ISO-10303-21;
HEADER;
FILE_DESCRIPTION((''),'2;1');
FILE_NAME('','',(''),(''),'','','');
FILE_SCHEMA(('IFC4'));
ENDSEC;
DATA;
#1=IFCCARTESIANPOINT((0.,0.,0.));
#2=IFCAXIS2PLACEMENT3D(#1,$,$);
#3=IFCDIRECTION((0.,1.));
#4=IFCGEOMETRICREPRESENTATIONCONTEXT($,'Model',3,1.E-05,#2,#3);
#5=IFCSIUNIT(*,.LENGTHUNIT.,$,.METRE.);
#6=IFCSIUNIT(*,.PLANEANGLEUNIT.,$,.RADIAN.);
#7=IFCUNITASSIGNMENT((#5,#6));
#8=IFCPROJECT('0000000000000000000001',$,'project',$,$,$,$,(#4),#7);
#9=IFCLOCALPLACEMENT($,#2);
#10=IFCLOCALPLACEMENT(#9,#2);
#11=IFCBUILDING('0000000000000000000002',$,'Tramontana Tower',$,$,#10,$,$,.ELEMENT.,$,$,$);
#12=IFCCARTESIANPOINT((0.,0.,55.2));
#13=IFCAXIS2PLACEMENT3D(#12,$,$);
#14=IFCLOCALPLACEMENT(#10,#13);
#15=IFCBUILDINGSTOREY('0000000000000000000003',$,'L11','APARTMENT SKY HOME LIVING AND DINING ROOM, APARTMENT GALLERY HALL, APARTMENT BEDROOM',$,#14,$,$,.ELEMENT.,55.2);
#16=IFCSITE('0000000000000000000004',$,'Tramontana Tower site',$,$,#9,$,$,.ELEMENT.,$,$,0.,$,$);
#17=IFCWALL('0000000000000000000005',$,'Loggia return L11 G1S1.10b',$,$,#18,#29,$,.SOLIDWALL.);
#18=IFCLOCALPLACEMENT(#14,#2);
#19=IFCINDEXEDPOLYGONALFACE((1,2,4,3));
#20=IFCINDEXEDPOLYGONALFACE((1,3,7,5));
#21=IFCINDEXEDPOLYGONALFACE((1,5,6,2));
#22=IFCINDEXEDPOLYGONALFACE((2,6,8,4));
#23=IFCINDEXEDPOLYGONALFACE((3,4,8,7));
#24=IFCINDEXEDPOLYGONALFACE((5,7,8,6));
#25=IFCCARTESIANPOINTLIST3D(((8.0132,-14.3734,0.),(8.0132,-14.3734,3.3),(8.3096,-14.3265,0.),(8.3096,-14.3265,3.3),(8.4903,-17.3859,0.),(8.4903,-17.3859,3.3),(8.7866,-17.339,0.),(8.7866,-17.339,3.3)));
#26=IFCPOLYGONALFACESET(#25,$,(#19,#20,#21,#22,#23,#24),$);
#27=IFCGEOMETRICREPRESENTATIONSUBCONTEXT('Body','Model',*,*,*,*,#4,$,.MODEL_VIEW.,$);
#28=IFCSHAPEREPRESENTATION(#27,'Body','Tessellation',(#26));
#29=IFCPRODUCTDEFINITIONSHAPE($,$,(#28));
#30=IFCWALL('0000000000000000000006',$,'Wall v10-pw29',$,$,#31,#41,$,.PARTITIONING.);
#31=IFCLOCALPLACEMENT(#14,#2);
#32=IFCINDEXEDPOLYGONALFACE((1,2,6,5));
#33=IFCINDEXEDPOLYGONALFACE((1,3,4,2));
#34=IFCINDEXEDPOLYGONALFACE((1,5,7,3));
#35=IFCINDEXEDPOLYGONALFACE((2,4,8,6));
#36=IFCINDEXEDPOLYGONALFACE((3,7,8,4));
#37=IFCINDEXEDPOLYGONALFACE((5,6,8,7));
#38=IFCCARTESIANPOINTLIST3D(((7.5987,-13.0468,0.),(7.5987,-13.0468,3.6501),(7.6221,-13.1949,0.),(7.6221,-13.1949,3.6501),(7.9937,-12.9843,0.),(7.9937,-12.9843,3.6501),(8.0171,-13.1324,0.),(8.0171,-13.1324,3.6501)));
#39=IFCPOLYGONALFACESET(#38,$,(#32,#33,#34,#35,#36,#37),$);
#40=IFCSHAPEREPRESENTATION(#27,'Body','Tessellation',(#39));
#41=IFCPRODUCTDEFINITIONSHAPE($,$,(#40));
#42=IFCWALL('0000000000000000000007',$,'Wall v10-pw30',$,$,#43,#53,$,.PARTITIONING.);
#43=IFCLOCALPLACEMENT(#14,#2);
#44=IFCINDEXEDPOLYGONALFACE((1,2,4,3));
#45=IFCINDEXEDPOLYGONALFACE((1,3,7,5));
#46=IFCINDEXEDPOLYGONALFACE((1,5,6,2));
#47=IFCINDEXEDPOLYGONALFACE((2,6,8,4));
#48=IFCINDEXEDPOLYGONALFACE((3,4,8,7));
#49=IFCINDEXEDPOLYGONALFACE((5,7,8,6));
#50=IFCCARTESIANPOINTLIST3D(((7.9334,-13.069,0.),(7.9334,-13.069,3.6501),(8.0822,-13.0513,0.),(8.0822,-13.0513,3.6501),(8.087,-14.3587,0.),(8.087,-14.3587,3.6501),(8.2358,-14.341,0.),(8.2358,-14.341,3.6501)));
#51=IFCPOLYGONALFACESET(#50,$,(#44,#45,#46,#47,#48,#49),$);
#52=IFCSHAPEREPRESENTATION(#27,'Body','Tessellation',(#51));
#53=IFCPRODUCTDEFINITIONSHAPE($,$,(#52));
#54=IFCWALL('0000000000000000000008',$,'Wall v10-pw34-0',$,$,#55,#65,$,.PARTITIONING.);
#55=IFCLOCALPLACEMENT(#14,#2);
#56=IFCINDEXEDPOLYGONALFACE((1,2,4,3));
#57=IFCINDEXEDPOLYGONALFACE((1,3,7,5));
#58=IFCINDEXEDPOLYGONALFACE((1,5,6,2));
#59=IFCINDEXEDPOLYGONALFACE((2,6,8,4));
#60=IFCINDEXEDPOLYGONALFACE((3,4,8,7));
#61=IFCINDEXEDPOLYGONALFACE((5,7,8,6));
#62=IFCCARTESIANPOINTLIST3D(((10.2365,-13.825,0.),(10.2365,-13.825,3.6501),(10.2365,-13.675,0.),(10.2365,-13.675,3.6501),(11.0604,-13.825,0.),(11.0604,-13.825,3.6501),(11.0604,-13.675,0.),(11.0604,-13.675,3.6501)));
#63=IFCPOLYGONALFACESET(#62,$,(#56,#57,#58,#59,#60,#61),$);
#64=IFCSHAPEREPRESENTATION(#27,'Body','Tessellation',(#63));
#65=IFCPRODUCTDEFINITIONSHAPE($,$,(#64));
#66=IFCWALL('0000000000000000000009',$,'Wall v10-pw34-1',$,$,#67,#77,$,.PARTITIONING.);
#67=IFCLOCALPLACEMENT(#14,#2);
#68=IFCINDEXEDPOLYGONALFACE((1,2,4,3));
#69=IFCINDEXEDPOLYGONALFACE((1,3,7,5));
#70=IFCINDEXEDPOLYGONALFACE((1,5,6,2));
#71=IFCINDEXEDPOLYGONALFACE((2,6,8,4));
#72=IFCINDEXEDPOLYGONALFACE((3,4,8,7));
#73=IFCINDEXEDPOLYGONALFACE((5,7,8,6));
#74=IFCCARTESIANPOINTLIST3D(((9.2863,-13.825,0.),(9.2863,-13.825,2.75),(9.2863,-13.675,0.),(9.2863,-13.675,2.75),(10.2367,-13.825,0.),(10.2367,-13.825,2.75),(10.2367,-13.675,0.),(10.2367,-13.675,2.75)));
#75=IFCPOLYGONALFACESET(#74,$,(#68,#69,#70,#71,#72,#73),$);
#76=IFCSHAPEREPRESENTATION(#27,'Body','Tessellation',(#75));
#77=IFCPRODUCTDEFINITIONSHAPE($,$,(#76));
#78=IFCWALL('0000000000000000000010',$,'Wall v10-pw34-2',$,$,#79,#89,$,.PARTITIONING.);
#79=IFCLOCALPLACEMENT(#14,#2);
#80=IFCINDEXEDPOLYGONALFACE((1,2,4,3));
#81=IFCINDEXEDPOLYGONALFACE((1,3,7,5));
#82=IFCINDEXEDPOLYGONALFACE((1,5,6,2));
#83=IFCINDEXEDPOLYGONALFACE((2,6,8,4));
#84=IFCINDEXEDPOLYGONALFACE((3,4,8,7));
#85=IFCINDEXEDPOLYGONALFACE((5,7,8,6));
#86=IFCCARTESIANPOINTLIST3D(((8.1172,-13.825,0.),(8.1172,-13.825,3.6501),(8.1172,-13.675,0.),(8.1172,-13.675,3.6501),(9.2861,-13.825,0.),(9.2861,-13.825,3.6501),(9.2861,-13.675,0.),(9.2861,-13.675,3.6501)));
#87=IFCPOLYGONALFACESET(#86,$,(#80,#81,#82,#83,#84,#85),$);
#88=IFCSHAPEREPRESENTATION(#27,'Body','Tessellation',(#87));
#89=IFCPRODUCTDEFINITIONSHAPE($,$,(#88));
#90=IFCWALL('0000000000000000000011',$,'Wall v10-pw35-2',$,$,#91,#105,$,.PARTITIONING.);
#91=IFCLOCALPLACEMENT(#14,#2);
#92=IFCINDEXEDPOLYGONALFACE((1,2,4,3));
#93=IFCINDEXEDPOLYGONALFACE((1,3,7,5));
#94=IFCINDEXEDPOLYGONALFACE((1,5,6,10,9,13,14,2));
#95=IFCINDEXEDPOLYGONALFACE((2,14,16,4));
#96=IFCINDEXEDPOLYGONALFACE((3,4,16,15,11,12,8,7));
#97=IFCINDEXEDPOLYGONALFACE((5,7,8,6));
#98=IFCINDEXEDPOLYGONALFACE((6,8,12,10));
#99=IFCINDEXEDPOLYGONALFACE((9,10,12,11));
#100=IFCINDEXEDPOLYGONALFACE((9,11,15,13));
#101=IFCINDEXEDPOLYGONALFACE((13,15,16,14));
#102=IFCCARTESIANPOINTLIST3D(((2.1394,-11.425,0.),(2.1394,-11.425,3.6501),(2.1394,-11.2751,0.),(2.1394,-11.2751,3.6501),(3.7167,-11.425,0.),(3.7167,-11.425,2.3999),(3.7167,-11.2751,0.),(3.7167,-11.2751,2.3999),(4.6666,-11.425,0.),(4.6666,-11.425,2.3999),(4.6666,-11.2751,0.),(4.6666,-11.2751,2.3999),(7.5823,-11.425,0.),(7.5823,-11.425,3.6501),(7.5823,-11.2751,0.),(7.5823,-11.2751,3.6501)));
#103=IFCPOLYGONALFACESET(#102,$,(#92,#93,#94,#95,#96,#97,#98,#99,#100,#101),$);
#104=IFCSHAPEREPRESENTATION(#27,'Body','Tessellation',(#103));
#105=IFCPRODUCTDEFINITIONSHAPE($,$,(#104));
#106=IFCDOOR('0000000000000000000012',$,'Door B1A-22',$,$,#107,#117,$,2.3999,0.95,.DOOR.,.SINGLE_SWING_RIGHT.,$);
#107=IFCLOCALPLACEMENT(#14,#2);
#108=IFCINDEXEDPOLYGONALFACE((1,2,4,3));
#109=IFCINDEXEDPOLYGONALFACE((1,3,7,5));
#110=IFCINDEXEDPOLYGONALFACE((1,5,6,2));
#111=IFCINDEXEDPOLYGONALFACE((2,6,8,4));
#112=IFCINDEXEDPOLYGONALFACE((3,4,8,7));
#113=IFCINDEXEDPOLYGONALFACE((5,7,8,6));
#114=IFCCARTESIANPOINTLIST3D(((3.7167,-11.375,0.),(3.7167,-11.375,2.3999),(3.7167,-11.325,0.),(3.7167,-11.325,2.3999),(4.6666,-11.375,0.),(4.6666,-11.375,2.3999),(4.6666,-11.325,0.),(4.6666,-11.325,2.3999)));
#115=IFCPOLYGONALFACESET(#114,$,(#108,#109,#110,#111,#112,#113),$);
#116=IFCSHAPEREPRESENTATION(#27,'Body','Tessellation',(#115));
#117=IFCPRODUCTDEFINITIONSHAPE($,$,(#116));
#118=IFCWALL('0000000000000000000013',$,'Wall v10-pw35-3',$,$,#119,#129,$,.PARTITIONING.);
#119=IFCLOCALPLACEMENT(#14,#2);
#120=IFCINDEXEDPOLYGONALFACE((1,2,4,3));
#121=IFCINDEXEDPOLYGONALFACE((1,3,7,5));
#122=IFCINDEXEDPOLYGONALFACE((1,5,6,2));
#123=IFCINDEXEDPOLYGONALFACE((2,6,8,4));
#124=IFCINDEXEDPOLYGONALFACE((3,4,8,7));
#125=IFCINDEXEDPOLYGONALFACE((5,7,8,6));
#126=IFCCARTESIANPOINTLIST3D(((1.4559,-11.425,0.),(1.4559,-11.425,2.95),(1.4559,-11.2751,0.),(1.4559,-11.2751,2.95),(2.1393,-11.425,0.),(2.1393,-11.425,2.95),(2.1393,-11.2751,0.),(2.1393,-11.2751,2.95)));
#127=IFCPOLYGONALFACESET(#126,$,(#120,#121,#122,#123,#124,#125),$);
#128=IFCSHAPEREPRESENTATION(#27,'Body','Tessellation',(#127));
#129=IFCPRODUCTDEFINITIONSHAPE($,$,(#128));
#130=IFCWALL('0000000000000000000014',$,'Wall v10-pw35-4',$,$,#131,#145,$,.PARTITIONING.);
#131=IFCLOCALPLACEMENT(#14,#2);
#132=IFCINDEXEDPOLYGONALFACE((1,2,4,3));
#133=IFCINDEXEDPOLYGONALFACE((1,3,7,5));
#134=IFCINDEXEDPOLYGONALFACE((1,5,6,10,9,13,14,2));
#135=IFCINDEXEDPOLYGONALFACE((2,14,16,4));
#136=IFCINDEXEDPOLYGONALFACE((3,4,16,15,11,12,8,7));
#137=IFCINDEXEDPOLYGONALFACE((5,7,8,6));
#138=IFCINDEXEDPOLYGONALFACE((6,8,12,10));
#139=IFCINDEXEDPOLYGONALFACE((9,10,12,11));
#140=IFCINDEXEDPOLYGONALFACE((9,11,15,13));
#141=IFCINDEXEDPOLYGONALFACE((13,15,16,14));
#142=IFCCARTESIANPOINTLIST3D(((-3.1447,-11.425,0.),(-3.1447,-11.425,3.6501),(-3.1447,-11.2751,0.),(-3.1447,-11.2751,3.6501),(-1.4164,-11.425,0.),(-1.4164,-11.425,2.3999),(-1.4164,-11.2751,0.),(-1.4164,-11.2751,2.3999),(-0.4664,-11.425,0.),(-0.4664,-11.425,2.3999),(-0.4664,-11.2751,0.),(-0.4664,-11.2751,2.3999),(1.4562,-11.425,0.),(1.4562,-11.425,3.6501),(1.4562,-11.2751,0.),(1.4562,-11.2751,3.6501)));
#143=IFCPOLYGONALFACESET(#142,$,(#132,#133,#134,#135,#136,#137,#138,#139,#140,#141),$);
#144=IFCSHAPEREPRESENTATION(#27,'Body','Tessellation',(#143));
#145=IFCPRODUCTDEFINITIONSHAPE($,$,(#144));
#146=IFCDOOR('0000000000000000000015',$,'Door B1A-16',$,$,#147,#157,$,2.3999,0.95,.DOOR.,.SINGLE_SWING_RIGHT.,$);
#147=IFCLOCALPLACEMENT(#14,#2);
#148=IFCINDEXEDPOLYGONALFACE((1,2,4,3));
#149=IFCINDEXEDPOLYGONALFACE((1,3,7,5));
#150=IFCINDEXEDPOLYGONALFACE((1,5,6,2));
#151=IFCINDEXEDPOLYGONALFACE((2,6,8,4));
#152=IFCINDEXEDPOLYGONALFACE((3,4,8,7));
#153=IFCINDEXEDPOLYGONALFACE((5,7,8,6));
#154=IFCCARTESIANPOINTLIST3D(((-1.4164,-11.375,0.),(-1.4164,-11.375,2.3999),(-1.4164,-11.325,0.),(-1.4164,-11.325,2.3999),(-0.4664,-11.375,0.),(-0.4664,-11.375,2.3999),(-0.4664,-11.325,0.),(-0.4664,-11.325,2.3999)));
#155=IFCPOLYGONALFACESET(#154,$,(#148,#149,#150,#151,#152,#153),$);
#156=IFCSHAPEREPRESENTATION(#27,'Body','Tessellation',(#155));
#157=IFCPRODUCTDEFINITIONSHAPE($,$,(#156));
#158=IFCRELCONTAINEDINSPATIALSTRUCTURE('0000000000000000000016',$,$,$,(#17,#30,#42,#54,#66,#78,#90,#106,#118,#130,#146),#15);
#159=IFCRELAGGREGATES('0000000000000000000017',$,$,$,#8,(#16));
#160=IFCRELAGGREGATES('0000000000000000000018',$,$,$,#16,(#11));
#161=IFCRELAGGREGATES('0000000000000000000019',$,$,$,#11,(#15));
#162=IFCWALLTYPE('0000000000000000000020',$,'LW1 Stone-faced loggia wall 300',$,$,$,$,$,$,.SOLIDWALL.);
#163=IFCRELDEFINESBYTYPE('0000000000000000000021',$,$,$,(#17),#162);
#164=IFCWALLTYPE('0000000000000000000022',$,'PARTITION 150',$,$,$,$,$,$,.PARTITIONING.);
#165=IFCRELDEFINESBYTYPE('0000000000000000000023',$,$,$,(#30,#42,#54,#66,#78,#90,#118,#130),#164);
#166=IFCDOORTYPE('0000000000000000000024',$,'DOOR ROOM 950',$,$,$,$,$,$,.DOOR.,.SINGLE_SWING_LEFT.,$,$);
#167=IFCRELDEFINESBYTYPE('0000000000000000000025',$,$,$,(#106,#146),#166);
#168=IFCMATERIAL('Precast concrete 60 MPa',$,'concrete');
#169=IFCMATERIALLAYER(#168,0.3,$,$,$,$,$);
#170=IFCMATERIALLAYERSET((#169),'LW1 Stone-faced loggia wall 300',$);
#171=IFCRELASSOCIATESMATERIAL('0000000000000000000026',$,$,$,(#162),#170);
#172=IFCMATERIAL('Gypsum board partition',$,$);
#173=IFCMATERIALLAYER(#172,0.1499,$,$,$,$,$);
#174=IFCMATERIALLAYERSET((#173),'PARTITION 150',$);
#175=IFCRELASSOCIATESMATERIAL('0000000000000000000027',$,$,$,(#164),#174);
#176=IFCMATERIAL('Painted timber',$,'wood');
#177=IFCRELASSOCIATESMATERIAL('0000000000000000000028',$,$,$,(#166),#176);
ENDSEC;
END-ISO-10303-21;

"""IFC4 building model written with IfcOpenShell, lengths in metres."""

from ifc_helpers import new_model, si_unit, direction, frame, frame_2d, origin, place, context, subcontext, project, spatial, rectangle, extrude, material, layer, layer_set, type_object, element, fill, save


model = new_model("IFC4")

# Units and contexts
model_context = context("Model", 3, precision=1e-05, world=origin(), true_north=direction((0.0, 1.0)))
body_context = subcontext(model_context, "Body", "Model", "MODEL_VIEW")
ifc_project = project(units=[si_unit("LENGTHUNIT", "METRE"), si_unit("PLANEANGLEUNIT", "RADIAN")], contexts=[model_context])

# Site, building, storey
site_placement = place(None, origin())
site = spatial("IfcSite", under=ifc_project, at=site_placement, Name="Tramontana Tower site", CompositionType="ELEMENT", RefElevation=0.0)
building_placement = place(site_placement, origin())
building = spatial("IfcBuilding", under=site, at=building_placement, Name="Tramontana Tower", CompositionType="ELEMENT")
storey_placement = place(building_placement, frame((0.0, 0.0, 55.2)))
storey = spatial("IfcBuildingStorey", under=building, at=storey_placement, Name="L11", Description="APARTMENT SKY HOME LIVING AND DINING ROOM, APARTMENT GALLERY HALL, APARTMENT BEDROOM", CompositionType="ELEMENT", Elevation=55.2)

# Shared definitions
ifc_material_1 = material(Name="Precast concrete 60 MPa", Category="concrete")
ifc_layer_1 = layer(ifc_material_1, 0.3)
ifc_layer_set_1 = layer_set([ifc_layer_1], Name="LW1 Stone-faced loggia wall 300")
wall_type_1 = type_object("IfcWallType", Name="LW1 Stone-faced loggia wall 300", PredefinedType="SOLIDWALL", material=ifc_layer_set_1)

# Wall
for number, where, z_axis, x_axis, name in (
    (1, (8.6384, -17.3623, 0.0), (0.0, 0.0, 1.0), (-0.156411, 0.987692, 0.0), "Loggia return L11 G1S1.10b"),
):
    element("IfcWall", number, at=place(storey_placement, frame(where, z_axis=z_axis, x_axis=x_axis)), inside=storey, type_object=wall_type_1, Name=name, PredefinedType="SOLIDWALL", context=body_context, shape_type="SweptSolid", body=[
        extrude(rectangle(XDim=3.05, YDim=0.3, at=frame_2d((1.5249, 0.0))), origin(), (0.0, 0.0, 1.0), 3.3),
    ])

# Shared definitions
ifc_material_2 = material(Name="Gypsum board partition")
ifc_layer_2 = layer(ifc_material_2, 0.1499)
ifc_layer_set_2 = layer_set([ifc_layer_2], Name="PARTITION 150")
wall_type_2 = type_object("IfcWallType", Name="PARTITION 150", PredefinedType="PARTITIONING", material=ifc_layer_set_2)

# Walls
wall_1_placement = place(storey_placement, frame((8.0054, -13.0583, 0.0), z_axis=(0.0, 0.0, 1.0), x_axis=(-0.987713, -0.156276, 0.0)))
element("IfcWall", 2, at=wall_1_placement, inside=storey, type_object=wall_type_2, Name="Wall v10-pw29", PredefinedType="PARTITIONING", context=body_context, shape_type="SweptSolid", body=[
    extrude(rectangle(XDim=0.3999, YDim=0.1499, at=frame_2d((0.2, 0.0))), origin(), (0.0, 0.0, 1.0), 3.6501),
])
wall_2_placement = place(storey_placement, frame((8.1614, -14.3499, 0.0), z_axis=(0.0, 0.0, 1.0), x_axis=(-0.118226, 0.992987, 0.0)))
element("IfcWall", 3, at=wall_2_placement, inside=storey, type_object=wall_type_2, Name="Wall v10-pw30", PredefinedType="PARTITIONING", context=body_context, shape_type="SweptSolid", body=[
    extrude(rectangle(XDim=1.2988, YDim=0.1499, at=frame_2d((0.6494, 0.0))), origin(), (0.0, 0.0, 1.0), 3.6501),
])

# Walls
wall_3_placement = place(storey_placement, frame((11.0605, -13.75, 0.0), z_axis=(0.0, 0.0, 1.0), x_axis=(-1.0, 0.0, 0.0)))
element("IfcWall", 4, at=wall_3_placement, inside=storey, type_object=wall_type_2, Name="Wall v10-pw34-0", PredefinedType="PARTITIONING", context=body_context, shape_type="SweptSolid", body=[
    extrude(rectangle(XDim=0.824, YDim=0.1499, at=frame_2d((0.4121, 0.0))), origin(), (0.0, 0.0, 1.0), 3.6501),
])
wall_4_placement = place(storey_placement, frame((10.2366, -13.75, 0.0), z_axis=(0.0, 0.0, 1.0), x_axis=(-1.0, 0.0, 0.0)))
element("IfcWall", 5, at=wall_4_placement, inside=storey, type_object=wall_type_2, Name="Wall v10-pw34-1", PredefinedType="PARTITIONING", context=body_context, shape_type="SweptSolid", body=[
    extrude(rectangle(XDim=0.9504, YDim=0.1499, at=frame_2d((0.4751, 0.0))), origin(), (0.0, 0.0, 1.0), 2.75),
])
wall_5_placement = place(storey_placement, frame((9.2861, -13.75, 0.0), z_axis=(0.0, 0.0, 1.0), x_axis=(-1.0, 0.0, 0.0)))
element("IfcWall", 6, at=wall_5_placement, inside=storey, type_object=wall_type_2, Name="Wall v10-pw34-2", PredefinedType="PARTITIONING", context=body_context, shape_type="SweptSolid", body=[
    extrude(rectangle(XDim=1.1689, YDim=0.1499, at=frame_2d((0.5845, 0.0))), origin(), (0.0, 0.0, 1.0), 3.6501),
])

# Wall, opening, door
wall_6_placement = place(storey_placement, frame((7.5823, -11.3501, 0.0), z_axis=(0.0, 0.0, 1.0), x_axis=(-1.0, 0.0, 0.0)))
wall_6 = element("IfcWall", 7, at=wall_6_placement, inside=storey, type_object=wall_type_2, Name="Wall v10-pw35-2", PredefinedType="PARTITIONING", context=body_context, shape_type="SweptSolid", body=[
    extrude(rectangle(XDim=5.4429, YDim=0.1499, at=frame_2d((2.7214, 0.0))), origin(), (0.0, 0.0, 1.0), 3.6501),
])
opening_1_placement = place(wall_6_placement, frame((2.9155, 0.0, 0.0)))
opening_1 = element("IfcOpeningElement", 8, at=opening_1_placement, cuts=wall_6, PredefinedType="OPENING", context=body_context, shape_type="SweptSolid", body=[
    extrude(rectangle(XDim=0.95, YDim=2.3999, at=frame_2d((0.4751, 1.2))), frame((0.0, 0.085, 0.0), z_axis=(0.0, -1.0, 0.0), x_axis=(1.0, 0.0, 0.0)), (0.0, 0.0, 1.0), 0.1699),
])
ifc_material_3 = material(Name="Painted timber", Category="wood")
door_type_1 = type_object("IfcDoorType", Name="DOOR ROOM 950", OperationType="SINGLE_SWING_LEFT", PredefinedType="DOOR", material=ifc_material_3)
door_1_placement = place(opening_1_placement, origin())
door_1 = element("IfcDoor", 9, at=door_1_placement, inside=storey, type_object=door_type_1, Name="Door B1A-22", OperationType="SINGLE_SWING_RIGHT", OverallHeight=2.3999, OverallWidth=0.95, PredefinedType="DOOR", context=body_context, shape_type="SweptSolid", body=[
    extrude(rectangle(XDim=0.95, YDim=2.3999, at=frame_2d((0.4751, 1.2))), frame((0.0, 0.0249, 0.0), z_axis=(0.0, -1.0, 0.0), x_axis=(1.0, 0.0, 0.0)), (0.0, 0.0, 1.0), 0.05),
])
fill(opening_1, door_1)

# Wall
wall_7_placement = place(storey_placement, frame((2.1394, -11.3501, 0.0), z_axis=(0.0, 0.0, 1.0), x_axis=(-1.0, 0.0, 0.0)))
element("IfcWall", 10, at=wall_7_placement, inside=storey, type_object=wall_type_2, Name="Wall v10-pw35-3", PredefinedType="PARTITIONING", context=body_context, shape_type="SweptSolid", body=[
    extrude(rectangle(XDim=0.6833, YDim=0.1499, at=frame_2d((0.3418, 0.0))), origin(), (0.0, 0.0, 1.0), 2.95),
])

# Wall, opening, door
wall_8_placement = place(storey_placement, frame((1.4561, -11.3501, 0.0), z_axis=(0.0, 0.0, 1.0), x_axis=(-1.0, 0.0, 0.0)))
wall_8 = element("IfcWall", 11, at=wall_8_placement, inside=storey, type_object=wall_type_2, Name="Wall v10-pw35-4", PredefinedType="PARTITIONING", context=body_context, shape_type="SweptSolid", body=[
    extrude(rectangle(XDim=4.6008, YDim=0.1499, at=frame_2d((2.3003, 0.0))), origin(), (0.0, 0.0, 1.0), 3.6501),
])
opening_2_placement = place(wall_8_placement, frame((1.9224, 0.0, 0.0)))
opening_2 = element("IfcOpeningElement", 12, at=opening_2_placement, cuts=wall_8, PredefinedType="OPENING", context=body_context, shape_type="SweptSolid", body=[
    extrude(rectangle(XDim=0.95, YDim=2.3999, at=frame_2d((0.4751, 1.2))), frame((0.0, 0.085, 0.0), z_axis=(0.0, -1.0, 0.0), x_axis=(1.0, 0.0, 0.0)), (0.0, 0.0, 1.0), 0.1699),
])
door_2_placement = place(opening_2_placement, origin())
door_2 = element("IfcDoor", 13, at=door_2_placement, inside=storey, type_object=door_type_1, Name="Door B1A-16", OperationType="SINGLE_SWING_RIGHT", OverallHeight=2.3999, OverallWidth=0.95, PredefinedType="DOOR", context=body_context, shape_type="SweptSolid", body=[
    extrude(rectangle(XDim=0.95, YDim=2.3999, at=frame_2d((0.4751, 1.2))), frame((0.0, 0.0249, 0.0), z_axis=(0.0, -1.0, 0.0), x_axis=(1.0, 0.0, 0.0)), (0.0, 0.0, 1.0), 0.05),
])
fill(opening_2, door_2)

save(model, "model.ifc")
